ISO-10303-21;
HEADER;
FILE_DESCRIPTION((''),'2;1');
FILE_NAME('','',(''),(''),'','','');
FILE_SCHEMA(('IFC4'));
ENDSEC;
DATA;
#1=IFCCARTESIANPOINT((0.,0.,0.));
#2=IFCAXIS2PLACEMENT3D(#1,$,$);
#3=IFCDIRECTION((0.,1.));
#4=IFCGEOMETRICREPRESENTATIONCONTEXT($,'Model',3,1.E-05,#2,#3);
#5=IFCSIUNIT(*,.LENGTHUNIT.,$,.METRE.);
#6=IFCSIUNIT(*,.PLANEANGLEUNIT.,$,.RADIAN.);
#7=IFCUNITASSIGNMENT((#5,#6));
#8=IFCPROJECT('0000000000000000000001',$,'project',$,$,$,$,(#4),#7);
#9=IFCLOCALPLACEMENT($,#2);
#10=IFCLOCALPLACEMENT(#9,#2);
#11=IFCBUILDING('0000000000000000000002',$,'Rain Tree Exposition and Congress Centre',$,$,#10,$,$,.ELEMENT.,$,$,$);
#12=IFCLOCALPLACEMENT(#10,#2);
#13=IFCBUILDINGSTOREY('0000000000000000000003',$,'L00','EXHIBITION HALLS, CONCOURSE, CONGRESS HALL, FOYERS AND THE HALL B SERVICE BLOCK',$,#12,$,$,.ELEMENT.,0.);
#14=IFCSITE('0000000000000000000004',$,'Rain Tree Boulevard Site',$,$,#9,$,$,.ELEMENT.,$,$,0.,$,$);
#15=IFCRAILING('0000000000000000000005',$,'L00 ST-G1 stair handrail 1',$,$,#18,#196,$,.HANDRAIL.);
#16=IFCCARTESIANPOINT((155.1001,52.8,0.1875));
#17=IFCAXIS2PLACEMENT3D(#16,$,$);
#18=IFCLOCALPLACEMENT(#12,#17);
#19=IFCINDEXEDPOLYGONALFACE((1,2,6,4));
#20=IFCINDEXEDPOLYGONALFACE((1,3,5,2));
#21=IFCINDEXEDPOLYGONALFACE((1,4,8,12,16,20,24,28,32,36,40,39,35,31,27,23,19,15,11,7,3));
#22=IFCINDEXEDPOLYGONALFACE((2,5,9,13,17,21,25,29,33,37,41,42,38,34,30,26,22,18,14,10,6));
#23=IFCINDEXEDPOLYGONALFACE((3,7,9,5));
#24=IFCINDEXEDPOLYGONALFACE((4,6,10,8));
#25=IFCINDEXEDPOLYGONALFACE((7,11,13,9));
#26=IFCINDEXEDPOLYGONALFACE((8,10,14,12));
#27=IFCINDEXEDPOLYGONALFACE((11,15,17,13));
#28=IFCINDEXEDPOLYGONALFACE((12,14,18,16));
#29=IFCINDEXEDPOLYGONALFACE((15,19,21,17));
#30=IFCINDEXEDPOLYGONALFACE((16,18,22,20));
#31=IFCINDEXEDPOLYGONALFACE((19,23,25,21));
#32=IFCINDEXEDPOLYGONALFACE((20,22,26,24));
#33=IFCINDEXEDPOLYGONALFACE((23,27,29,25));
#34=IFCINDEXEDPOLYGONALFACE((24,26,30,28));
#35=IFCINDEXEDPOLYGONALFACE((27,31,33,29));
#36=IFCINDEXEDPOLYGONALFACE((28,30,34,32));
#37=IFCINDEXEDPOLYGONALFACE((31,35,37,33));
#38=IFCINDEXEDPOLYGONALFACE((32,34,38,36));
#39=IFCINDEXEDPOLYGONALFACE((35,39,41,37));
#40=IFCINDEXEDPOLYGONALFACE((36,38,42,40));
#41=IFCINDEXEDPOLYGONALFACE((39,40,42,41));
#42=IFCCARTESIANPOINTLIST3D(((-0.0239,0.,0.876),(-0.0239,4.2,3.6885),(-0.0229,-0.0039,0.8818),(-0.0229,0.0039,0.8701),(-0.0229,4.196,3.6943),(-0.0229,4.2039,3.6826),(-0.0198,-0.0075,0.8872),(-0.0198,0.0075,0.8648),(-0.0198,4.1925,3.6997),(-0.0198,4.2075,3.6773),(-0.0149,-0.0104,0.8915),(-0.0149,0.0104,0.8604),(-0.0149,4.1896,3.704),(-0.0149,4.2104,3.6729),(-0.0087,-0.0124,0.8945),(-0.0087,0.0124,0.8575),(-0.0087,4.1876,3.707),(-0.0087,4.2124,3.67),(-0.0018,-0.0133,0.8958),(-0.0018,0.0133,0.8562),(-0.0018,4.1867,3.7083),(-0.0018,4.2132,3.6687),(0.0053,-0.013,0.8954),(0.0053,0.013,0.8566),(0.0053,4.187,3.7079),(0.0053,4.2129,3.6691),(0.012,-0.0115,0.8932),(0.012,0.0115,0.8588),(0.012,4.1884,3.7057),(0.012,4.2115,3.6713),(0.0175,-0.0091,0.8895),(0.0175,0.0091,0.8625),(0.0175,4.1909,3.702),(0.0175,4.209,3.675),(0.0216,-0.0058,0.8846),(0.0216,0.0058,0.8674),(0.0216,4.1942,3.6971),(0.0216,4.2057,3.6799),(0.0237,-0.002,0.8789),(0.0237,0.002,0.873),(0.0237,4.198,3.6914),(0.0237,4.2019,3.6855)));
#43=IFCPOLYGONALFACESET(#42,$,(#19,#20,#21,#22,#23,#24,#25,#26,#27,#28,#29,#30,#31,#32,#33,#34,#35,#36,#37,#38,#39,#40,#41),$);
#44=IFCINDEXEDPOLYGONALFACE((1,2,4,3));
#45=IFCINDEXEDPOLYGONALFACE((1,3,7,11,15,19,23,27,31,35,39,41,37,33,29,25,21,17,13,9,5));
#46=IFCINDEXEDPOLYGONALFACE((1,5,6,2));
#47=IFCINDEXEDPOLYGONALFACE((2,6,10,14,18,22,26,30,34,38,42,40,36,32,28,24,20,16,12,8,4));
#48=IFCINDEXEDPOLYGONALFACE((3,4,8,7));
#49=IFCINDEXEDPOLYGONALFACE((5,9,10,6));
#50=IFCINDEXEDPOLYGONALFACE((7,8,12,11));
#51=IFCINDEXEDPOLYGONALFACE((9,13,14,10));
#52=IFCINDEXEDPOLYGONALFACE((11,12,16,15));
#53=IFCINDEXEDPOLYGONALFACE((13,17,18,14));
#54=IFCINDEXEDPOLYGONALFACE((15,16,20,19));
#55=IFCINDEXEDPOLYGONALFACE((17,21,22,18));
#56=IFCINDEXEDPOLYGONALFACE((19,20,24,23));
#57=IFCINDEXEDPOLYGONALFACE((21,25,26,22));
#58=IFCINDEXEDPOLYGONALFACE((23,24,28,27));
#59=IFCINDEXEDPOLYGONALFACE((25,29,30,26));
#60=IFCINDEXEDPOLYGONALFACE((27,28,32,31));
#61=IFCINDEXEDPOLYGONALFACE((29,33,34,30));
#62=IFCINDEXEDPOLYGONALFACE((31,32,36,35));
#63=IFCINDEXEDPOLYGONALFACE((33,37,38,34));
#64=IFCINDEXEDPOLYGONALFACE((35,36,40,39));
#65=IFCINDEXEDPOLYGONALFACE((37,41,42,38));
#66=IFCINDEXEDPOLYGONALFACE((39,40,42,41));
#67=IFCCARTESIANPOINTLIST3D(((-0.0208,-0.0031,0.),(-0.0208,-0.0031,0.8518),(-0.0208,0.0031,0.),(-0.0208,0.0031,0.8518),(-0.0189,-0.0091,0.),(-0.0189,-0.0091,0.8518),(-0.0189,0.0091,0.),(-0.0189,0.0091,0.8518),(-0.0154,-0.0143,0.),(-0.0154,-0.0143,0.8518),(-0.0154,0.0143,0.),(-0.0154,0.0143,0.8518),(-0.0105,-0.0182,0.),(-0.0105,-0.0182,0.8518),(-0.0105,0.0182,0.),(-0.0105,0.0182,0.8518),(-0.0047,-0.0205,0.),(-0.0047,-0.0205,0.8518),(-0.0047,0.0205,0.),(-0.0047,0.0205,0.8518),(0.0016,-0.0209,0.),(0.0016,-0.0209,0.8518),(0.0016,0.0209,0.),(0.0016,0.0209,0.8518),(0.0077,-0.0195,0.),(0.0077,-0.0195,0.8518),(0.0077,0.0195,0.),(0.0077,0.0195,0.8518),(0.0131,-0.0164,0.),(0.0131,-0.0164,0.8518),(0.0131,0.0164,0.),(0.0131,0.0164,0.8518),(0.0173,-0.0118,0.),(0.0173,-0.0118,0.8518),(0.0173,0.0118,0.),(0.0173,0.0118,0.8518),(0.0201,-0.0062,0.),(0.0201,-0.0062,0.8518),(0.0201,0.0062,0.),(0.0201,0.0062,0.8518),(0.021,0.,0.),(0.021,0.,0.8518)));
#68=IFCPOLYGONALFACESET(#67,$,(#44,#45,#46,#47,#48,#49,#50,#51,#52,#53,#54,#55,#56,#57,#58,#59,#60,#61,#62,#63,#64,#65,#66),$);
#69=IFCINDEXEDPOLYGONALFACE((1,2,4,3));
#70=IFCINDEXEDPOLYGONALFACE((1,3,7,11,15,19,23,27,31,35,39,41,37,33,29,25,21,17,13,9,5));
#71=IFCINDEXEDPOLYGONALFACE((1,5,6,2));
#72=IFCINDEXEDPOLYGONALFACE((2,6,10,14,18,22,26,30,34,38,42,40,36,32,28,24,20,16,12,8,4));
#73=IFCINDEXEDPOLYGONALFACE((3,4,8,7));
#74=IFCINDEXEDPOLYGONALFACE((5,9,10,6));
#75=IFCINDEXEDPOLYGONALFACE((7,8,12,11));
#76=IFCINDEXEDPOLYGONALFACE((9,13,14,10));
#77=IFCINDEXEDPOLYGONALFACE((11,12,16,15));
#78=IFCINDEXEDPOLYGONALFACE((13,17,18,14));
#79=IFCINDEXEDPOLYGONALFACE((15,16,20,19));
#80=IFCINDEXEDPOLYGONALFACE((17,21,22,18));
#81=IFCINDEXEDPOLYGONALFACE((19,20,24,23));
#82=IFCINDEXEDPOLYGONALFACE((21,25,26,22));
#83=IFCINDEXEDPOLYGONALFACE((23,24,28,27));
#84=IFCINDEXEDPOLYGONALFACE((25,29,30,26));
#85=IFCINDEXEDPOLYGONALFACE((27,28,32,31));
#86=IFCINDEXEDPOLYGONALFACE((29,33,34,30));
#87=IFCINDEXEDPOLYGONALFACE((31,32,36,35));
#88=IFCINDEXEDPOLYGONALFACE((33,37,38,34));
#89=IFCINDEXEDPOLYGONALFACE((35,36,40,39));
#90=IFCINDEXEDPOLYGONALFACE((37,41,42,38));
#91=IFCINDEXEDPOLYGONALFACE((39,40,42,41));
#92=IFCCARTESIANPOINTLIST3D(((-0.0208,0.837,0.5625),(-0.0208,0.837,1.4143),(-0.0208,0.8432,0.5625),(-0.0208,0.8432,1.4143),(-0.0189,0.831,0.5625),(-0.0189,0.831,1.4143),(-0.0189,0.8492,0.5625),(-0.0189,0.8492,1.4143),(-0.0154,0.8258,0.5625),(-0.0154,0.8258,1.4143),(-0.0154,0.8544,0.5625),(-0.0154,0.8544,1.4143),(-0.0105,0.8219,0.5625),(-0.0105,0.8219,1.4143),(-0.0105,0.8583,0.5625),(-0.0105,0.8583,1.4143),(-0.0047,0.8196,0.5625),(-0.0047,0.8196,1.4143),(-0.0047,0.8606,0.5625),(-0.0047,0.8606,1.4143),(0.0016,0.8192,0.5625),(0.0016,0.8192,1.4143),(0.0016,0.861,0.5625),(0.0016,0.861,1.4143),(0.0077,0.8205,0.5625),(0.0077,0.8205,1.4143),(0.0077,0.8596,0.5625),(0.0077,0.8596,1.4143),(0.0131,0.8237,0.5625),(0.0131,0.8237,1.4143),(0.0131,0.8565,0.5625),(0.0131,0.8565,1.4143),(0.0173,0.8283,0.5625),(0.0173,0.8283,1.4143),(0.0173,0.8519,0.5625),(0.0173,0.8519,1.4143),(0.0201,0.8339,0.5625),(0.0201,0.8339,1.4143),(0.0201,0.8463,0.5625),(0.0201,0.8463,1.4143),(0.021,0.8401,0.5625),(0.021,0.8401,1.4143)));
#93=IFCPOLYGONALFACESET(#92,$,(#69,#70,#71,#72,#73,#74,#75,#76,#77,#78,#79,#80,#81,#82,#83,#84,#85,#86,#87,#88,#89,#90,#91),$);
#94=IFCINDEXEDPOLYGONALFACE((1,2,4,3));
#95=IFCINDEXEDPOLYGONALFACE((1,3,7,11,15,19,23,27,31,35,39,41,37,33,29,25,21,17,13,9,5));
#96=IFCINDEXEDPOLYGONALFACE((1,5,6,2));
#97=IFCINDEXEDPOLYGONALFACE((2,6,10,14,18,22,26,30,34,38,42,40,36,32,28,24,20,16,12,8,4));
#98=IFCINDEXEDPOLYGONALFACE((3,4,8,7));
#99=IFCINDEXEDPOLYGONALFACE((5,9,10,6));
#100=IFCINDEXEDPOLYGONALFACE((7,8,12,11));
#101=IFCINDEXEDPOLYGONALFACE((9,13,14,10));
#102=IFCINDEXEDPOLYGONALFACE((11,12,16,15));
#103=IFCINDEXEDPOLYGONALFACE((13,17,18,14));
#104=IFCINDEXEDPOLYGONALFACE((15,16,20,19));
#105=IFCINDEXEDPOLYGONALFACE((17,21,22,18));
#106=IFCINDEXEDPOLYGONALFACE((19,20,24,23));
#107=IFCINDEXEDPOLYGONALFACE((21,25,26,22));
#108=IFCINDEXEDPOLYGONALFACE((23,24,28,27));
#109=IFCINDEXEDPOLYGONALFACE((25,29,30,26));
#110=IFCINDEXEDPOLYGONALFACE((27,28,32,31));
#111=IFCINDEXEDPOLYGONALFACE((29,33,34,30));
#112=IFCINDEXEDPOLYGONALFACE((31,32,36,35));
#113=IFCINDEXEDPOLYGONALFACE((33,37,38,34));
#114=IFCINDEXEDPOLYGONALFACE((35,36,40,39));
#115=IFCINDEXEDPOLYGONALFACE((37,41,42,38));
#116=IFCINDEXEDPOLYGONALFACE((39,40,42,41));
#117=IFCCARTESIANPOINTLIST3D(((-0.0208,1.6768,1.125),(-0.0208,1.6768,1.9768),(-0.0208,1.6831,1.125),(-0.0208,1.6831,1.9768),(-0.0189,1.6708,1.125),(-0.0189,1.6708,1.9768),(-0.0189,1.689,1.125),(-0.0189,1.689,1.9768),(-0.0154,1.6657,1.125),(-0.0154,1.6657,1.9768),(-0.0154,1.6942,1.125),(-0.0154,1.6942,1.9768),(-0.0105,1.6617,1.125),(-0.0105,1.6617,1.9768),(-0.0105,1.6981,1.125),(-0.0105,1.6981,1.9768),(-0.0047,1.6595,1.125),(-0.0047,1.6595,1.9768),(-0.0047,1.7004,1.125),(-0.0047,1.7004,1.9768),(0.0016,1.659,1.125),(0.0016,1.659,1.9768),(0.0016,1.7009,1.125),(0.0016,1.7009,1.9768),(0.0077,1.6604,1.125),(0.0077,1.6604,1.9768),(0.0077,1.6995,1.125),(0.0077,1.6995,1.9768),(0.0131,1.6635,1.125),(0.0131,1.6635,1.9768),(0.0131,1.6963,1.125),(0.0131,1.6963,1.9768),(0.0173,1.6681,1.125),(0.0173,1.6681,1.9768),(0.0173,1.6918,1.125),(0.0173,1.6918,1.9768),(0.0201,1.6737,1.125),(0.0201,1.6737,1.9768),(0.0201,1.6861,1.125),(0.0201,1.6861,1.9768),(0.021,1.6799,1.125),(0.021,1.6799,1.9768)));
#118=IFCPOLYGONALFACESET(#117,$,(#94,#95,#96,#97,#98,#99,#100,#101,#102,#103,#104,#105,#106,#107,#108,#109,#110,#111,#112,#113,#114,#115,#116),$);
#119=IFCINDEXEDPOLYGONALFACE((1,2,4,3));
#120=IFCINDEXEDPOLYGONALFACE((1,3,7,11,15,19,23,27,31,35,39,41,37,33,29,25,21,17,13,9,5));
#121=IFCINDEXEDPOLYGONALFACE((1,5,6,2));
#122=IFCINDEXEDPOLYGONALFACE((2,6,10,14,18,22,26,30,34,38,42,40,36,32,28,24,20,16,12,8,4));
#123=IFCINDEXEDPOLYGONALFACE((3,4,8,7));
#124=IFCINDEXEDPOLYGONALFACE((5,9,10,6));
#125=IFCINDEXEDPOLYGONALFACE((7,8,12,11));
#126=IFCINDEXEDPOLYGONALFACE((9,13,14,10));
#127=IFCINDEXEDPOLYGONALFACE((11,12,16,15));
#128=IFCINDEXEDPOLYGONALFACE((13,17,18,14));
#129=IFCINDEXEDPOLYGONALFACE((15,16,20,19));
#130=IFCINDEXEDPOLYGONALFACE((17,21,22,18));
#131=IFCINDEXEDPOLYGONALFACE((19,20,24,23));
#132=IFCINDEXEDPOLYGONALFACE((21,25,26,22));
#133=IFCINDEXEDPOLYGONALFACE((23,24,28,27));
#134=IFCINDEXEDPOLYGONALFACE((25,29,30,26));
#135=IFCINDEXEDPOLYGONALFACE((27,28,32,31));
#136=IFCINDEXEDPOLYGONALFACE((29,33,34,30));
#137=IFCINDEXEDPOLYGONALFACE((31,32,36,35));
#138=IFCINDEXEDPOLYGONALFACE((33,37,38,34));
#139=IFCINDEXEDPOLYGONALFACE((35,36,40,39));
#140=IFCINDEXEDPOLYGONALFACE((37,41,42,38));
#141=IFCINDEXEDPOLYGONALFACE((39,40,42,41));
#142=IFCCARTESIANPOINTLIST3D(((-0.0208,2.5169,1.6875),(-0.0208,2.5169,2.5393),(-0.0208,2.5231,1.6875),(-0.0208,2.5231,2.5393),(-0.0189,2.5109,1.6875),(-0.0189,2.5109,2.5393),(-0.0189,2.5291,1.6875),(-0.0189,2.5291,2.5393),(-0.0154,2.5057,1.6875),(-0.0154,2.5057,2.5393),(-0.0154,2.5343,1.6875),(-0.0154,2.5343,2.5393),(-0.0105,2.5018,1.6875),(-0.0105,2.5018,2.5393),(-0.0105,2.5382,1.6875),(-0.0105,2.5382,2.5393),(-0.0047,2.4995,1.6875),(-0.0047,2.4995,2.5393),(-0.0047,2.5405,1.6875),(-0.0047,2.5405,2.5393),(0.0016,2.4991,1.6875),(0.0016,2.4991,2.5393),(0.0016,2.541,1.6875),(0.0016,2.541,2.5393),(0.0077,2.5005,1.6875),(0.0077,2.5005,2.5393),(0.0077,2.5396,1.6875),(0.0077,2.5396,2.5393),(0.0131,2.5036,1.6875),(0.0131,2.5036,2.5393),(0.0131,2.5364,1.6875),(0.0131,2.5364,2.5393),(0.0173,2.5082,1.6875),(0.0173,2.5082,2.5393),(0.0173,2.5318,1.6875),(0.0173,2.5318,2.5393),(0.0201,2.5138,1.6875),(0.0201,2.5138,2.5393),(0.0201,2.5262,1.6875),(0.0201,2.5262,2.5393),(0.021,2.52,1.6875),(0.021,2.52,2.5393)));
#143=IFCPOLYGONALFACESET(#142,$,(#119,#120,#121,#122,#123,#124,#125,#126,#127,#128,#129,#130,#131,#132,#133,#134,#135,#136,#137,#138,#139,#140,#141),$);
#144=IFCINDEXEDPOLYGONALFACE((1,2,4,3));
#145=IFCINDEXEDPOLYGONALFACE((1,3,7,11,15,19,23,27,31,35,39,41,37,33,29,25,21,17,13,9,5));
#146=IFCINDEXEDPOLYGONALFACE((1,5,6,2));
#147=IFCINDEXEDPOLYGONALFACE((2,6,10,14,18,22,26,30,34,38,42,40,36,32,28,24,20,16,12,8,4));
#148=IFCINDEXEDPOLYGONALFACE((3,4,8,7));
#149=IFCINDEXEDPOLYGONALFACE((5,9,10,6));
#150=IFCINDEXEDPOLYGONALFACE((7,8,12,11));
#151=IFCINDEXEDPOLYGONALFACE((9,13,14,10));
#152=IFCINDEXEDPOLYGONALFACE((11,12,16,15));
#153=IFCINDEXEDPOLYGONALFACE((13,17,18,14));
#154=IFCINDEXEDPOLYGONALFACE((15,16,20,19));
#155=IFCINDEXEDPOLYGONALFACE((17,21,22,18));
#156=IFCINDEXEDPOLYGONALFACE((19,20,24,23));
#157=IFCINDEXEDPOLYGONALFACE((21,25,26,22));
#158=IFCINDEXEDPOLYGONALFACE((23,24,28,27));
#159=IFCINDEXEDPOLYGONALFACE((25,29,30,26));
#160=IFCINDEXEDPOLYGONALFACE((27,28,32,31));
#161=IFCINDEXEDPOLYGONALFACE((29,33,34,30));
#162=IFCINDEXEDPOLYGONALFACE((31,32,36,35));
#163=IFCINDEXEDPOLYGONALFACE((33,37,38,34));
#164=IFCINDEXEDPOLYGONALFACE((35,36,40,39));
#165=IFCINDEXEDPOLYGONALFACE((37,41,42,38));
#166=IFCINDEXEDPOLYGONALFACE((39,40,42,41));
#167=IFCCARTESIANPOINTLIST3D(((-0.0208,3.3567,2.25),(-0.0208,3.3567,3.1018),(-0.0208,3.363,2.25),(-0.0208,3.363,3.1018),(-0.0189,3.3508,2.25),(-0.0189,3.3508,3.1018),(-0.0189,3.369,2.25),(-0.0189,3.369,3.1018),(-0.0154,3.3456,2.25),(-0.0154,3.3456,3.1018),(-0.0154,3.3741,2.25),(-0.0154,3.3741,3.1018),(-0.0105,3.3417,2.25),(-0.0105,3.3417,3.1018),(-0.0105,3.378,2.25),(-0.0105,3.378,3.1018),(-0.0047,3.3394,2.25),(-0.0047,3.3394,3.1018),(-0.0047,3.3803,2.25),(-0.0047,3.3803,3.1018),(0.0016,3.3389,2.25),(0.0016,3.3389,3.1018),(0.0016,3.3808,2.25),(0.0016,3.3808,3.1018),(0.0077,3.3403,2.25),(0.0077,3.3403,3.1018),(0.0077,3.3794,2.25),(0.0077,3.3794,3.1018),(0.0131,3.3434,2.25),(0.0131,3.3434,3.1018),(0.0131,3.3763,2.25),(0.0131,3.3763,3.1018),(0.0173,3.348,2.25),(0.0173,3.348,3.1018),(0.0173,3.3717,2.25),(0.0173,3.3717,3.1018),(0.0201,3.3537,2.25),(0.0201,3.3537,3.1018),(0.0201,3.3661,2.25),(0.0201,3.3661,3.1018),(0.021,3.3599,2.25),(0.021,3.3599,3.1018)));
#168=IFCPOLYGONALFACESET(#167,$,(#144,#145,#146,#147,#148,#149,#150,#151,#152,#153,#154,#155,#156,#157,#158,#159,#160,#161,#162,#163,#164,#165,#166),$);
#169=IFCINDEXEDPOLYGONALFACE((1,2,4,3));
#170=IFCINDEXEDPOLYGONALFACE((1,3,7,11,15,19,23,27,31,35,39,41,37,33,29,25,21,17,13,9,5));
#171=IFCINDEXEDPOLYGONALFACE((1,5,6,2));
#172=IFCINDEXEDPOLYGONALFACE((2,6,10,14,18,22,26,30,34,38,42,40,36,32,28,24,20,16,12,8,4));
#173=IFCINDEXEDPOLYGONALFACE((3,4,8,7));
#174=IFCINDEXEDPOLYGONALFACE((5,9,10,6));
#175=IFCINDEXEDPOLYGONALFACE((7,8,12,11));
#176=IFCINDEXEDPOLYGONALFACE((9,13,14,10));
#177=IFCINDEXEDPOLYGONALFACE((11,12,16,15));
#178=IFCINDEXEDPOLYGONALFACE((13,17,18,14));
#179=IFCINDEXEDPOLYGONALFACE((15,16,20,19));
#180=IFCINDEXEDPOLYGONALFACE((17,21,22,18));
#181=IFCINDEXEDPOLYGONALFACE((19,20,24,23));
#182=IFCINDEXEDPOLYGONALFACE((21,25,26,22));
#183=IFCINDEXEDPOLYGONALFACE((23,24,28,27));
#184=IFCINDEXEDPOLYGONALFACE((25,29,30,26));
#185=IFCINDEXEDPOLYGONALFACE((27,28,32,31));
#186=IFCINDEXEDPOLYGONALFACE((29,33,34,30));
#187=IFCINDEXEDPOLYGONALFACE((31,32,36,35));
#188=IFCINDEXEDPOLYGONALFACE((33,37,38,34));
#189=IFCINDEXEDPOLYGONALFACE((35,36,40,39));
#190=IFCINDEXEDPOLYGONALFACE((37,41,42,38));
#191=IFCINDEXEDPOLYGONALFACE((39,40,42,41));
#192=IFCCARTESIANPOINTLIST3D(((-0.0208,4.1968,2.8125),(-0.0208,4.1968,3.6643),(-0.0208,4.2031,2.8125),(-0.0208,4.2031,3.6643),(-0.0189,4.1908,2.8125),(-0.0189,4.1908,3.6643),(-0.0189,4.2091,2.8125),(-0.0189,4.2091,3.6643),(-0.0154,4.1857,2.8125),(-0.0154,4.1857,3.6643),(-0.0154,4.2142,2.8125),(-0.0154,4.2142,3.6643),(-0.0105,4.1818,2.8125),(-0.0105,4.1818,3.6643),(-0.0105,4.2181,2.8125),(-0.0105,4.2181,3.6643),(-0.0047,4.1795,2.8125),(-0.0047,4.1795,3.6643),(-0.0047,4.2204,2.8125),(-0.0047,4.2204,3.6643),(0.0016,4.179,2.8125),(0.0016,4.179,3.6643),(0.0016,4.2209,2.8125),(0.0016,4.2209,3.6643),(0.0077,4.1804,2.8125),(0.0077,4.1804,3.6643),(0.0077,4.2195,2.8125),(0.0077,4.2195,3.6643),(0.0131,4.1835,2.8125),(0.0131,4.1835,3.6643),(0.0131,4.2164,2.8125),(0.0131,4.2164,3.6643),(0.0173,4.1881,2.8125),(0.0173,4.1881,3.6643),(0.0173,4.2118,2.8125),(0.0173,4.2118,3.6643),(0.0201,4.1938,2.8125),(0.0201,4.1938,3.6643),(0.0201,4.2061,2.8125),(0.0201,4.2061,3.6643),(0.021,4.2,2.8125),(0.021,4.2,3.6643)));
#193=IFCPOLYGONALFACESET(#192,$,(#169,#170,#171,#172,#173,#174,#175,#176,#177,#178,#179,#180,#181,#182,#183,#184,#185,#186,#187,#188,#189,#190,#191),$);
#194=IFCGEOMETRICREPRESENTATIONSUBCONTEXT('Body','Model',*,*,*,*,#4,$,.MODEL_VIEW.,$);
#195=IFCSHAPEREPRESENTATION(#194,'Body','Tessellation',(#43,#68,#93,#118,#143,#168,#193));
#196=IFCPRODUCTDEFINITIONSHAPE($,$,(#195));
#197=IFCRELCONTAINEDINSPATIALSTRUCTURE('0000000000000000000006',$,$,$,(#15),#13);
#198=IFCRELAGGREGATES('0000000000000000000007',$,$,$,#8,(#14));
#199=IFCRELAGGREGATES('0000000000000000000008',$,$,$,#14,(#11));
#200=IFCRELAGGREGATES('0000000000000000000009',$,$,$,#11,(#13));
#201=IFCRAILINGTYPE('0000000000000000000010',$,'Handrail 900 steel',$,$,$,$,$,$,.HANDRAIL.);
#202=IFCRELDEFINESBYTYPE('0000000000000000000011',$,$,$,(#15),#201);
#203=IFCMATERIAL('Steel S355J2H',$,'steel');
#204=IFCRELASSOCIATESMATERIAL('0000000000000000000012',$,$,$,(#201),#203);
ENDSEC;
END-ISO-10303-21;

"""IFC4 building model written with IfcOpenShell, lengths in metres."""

from ifc_helpers import new_model, si_unit, direction, frame, origin, origin_2d, place, context, subcontext, project, spatial, circle, extrude, material, type_object, element, save


model = new_model("IFC4")

# Units and contexts
model_context = context("Model", 3, precision=1e-05, world=origin(), true_north=direction((0.0, 1.0)))
body_context = subcontext(model_context, "Body", "Model", "MODEL_VIEW")
ifc_project = project(units=[si_unit("LENGTHUNIT", "METRE"), si_unit("PLANEANGLEUNIT", "RADIAN")], contexts=[model_context])

# Site, building, storey
site_placement = place(None, origin())
site = spatial("IfcSite", under=ifc_project, at=site_placement, Name="Rain Tree Boulevard Site", CompositionType="ELEMENT", RefElevation=0.0)
building_placement = place(site_placement, origin())
building = spatial("IfcBuilding", under=site, at=building_placement, Name="Rain Tree Exposition and Congress Centre", CompositionType="ELEMENT")
storey_placement = place(building_placement, origin())
storey = spatial("IfcBuildingStorey", under=building, at=storey_placement, Name="L00", Description="EXHIBITION HALLS, CONCOURSE, CONGRESS HALL, FOYERS AND THE HALL B SERVICE BLOCK", CompositionType="ELEMENT", Elevation=0.0)

# Railing
ifc_material_1 = material(Name="Steel S355J2H", Category="steel")
railing_type_1 = type_object("IfcRailingType", Name="Handrail 900 steel", PredefinedType="HANDRAIL", material=ifc_material_1)
railing_1_placement = place(storey_placement, frame((155.1001, 52.8, 0.1875)))
element("IfcRailing", 1, at=railing_1_placement, inside=storey, type_object=railing_type_1, Name="L00 ST-G1 stair handrail 1", PredefinedType="HANDRAIL", context=body_context, shape_type="SweptSolid", body=[
    extrude(circle(Radius=0.0239, at=origin_2d()), frame((0.0, 0.0, 0.876), z_axis=(0.0, 0.830904, 0.556416), x_axis=(-1.0, 0.0, 0.0)), (0.0, 0.0, 1.0), 5.0547),
    extrude(circle(Radius=0.021, at=origin_2d()), origin(), (0.0, 0.0, 1.0), 0.8518),
    extrude(circle(Radius=0.021, at=origin_2d()), frame((0.0, 0.8401, 0.5625)), (0.0, 0.0, 1.0), 0.8518),
    extrude(circle(Radius=0.021, at=origin_2d()), frame((0.0, 1.6799, 1.125)), (0.0, 0.0, 1.0), 0.8518),
    extrude(circle(Radius=0.021, at=origin_2d()), frame((0.0, 2.52, 1.6875)), (0.0, 0.0, 1.0), 0.8518),
    extrude(circle(Radius=0.021, at=origin_2d()), frame((0.0, 3.3599, 2.25)), (0.0, 0.0, 1.0), 0.8518),
    extrude(circle(Radius=0.021, at=origin_2d()), frame((0.0, 4.2, 2.8125)), (0.0, 0.0, 1.0), 0.8518),
])

save(model, "model.ifc")
